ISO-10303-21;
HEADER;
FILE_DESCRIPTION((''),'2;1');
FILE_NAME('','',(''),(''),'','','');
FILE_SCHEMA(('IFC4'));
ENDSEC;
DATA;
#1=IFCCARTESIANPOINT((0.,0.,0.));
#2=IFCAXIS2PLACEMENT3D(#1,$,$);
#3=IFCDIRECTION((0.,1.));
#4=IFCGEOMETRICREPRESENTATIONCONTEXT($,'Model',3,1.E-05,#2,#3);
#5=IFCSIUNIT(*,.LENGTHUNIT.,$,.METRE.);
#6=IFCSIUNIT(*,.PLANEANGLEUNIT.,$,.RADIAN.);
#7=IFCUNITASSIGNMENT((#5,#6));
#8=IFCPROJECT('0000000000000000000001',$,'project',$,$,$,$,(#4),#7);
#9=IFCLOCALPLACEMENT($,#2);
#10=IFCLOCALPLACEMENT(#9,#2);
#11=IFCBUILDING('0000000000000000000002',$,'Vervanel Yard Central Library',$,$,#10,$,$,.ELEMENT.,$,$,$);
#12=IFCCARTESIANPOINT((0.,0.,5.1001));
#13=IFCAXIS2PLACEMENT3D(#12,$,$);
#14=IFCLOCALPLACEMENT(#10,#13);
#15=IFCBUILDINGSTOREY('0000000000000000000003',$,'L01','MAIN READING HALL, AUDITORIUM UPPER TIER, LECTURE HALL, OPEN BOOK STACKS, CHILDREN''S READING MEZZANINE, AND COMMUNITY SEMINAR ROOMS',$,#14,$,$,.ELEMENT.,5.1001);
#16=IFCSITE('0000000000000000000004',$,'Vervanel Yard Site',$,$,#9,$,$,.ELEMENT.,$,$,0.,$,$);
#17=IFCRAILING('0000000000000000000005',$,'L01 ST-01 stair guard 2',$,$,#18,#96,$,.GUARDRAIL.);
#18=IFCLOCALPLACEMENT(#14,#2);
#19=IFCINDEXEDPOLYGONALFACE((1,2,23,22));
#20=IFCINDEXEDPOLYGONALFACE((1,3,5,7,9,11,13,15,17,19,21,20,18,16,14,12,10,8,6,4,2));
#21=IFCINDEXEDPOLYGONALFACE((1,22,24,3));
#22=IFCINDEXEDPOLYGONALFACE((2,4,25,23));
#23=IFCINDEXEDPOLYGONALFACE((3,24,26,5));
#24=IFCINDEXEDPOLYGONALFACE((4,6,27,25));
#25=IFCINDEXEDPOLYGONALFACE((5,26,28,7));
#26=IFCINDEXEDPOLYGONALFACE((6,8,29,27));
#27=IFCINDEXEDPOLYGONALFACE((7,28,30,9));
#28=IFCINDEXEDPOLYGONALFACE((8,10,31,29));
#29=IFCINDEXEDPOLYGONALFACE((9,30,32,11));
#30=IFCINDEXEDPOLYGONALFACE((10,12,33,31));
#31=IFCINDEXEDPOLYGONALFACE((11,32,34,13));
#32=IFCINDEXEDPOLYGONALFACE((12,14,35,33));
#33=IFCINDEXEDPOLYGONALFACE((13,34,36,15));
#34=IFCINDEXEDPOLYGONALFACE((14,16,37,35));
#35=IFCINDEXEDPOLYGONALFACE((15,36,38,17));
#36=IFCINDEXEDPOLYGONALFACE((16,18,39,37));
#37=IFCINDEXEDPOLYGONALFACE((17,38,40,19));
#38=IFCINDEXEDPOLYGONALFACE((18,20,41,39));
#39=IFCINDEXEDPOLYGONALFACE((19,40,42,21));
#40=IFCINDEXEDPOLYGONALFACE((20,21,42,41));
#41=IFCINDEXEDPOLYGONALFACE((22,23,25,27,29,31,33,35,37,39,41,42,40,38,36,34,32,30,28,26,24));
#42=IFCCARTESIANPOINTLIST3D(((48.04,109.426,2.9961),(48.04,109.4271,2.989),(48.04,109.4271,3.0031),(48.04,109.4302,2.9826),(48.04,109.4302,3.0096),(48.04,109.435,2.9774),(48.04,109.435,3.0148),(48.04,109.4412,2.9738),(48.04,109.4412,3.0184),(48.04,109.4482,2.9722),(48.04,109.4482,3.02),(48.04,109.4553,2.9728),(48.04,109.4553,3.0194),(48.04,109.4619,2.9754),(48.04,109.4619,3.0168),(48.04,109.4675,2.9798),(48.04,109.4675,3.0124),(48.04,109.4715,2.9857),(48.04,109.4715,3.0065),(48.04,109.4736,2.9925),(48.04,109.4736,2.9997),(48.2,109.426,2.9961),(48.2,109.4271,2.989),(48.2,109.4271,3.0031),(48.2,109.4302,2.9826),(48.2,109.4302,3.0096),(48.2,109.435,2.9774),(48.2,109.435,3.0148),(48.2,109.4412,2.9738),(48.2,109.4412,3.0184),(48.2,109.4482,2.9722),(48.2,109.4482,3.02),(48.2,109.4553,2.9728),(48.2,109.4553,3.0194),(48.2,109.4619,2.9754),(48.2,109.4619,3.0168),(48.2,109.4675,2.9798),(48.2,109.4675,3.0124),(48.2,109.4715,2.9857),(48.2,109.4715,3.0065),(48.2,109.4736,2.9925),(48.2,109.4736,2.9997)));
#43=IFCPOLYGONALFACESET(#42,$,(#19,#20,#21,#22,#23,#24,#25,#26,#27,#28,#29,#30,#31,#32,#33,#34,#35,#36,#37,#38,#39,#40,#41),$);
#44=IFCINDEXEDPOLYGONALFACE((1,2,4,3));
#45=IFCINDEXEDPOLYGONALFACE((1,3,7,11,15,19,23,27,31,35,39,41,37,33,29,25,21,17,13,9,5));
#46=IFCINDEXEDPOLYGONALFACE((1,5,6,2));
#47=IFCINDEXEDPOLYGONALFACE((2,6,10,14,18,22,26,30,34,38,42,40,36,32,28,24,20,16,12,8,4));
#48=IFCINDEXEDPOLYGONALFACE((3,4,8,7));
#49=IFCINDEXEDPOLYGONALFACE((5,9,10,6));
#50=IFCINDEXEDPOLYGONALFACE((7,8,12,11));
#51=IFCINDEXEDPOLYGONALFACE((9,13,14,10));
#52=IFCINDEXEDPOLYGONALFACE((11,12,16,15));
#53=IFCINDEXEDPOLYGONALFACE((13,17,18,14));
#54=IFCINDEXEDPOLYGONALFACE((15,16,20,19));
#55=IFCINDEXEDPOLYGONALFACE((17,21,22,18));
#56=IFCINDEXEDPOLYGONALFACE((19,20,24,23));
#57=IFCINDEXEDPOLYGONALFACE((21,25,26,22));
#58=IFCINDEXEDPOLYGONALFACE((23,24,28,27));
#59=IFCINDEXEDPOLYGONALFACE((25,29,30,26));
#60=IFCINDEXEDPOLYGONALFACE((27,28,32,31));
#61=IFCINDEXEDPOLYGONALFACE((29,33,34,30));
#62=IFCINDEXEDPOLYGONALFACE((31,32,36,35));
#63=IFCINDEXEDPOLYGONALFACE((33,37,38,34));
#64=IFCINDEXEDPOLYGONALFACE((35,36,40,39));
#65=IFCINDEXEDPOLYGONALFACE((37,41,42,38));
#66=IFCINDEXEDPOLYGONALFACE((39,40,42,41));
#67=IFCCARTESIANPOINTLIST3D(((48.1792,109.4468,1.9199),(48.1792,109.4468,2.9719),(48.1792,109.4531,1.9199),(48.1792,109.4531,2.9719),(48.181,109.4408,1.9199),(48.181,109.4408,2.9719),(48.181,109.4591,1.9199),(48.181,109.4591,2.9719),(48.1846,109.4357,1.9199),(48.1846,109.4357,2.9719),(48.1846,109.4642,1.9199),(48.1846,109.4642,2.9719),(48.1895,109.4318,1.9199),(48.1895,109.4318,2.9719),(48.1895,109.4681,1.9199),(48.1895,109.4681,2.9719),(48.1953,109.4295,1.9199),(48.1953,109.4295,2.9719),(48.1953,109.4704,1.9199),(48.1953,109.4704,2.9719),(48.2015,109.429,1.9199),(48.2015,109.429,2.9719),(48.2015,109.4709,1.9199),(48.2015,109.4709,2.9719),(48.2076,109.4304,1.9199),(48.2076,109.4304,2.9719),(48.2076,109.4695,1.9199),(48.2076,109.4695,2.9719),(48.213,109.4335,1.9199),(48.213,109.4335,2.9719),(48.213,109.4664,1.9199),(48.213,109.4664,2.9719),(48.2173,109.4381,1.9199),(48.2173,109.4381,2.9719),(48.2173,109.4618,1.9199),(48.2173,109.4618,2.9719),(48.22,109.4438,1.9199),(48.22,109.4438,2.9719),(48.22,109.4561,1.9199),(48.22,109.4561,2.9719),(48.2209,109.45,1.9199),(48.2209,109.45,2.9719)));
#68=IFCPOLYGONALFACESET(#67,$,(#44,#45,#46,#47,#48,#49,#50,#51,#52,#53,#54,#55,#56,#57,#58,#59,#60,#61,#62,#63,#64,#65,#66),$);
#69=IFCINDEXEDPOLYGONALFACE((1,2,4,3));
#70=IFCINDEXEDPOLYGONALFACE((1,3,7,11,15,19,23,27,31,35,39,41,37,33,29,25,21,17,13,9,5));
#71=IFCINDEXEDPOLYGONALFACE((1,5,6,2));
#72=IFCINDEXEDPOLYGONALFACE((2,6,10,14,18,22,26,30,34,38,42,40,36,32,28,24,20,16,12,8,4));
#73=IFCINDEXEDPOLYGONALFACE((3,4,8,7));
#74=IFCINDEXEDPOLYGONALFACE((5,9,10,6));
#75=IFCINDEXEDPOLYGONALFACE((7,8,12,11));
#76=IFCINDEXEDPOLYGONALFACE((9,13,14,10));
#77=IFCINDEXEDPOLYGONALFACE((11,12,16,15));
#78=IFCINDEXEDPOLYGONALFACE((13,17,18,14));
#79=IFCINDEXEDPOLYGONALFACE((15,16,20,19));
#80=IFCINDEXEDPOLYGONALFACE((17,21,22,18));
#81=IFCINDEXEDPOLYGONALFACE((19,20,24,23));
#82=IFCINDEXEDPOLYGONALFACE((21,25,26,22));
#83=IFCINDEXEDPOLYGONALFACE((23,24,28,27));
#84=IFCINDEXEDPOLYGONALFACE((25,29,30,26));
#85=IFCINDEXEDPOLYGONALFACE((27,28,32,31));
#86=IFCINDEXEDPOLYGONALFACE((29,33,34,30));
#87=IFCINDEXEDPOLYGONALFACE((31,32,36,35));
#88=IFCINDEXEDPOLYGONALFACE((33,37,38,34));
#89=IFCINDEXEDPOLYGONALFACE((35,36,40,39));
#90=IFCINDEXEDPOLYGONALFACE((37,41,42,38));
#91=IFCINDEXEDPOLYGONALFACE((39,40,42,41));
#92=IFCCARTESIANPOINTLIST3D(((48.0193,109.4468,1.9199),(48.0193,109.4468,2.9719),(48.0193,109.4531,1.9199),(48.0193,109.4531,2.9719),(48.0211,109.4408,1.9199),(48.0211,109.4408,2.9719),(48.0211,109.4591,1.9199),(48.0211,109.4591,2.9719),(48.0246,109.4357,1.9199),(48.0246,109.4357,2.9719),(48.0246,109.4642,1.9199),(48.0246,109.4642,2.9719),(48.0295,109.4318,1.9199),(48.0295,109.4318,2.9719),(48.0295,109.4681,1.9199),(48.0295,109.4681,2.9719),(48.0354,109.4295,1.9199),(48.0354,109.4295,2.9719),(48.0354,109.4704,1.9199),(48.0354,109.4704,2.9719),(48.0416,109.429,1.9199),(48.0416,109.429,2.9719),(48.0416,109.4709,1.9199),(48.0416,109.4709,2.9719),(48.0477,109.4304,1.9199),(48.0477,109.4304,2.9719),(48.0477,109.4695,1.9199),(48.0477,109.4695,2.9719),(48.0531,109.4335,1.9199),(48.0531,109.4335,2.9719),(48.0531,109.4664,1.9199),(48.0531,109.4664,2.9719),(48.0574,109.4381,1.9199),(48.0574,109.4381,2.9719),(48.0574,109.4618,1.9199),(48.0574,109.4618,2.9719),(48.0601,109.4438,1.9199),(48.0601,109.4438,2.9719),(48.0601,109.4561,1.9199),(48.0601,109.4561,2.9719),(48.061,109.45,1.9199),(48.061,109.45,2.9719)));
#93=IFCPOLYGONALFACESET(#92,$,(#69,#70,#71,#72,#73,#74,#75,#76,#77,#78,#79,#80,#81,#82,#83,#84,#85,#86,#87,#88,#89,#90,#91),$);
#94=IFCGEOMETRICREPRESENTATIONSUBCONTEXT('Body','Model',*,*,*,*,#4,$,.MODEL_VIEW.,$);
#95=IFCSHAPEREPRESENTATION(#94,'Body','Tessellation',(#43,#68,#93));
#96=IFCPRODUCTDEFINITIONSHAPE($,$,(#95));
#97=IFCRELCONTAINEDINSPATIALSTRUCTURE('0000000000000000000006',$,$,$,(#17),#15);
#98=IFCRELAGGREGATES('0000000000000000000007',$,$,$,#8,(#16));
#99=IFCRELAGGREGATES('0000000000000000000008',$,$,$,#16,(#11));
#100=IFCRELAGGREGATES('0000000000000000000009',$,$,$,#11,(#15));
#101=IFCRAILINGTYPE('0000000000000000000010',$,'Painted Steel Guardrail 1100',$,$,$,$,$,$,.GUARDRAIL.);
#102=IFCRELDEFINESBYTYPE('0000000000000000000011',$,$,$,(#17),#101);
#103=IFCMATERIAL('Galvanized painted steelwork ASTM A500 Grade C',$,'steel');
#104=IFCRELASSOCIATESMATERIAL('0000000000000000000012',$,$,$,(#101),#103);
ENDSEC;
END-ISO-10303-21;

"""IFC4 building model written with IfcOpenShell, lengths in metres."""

from ifc_helpers import new_model, si_unit, direction, frame, origin, origin_2d, place, context, subcontext, project, spatial, circle, extrude, material, type_object, element, save


model = new_model("IFC4")

# Units and contexts
model_context = context("Model", 3, precision=1e-05, world=origin(), true_north=direction((0.0, 1.0)))
body_context = subcontext(model_context, "Body", "Model", "MODEL_VIEW")
ifc_project = project(units=[si_unit("LENGTHUNIT", "METRE"), si_unit("PLANEANGLEUNIT", "RADIAN")], contexts=[model_context])

# Site, building, storey
site_placement = place(None, origin())
site = spatial("IfcSite", under=ifc_project, at=site_placement, Name="Vervanel Yard Site", CompositionType="ELEMENT", RefElevation=0.0)
building_placement = place(site_placement, origin())
building = spatial("IfcBuilding", under=site, at=building_placement, Name="Vervanel Yard Central Library", CompositionType="ELEMENT")
storey_placement = place(building_placement, frame((0.0, 0.0, 5.1001)))
storey = spatial("IfcBuildingStorey", under=building, at=storey_placement, Name="L01", Description="MAIN READING HALL, AUDITORIUM UPPER TIER, LECTURE HALL, OPEN BOOK STACKS, CHILDREN'S READING MEZZANINE, AND COMMUNITY SEMINAR ROOMS", CompositionType="ELEMENT", Elevation=5.1001)

# Shared definitions
ifc_material_1 = material(Name="Galvanized painted steelwork ASTM A500 Grade C", Category="steel")

# Railing
railing_type_1 = type_object("IfcRailingType", Name="Painted Steel Guardrail 1100", PredefinedType="GUARDRAIL", material=ifc_material_1)
railing_1_placement = place(storey_placement, frame((48.2, 109.45, 1.9199)))
element("IfcRailing", 1, at=railing_1_placement, inside=storey, type_object=railing_type_1, Name="L01 ST-01 stair guard 2", PredefinedType="GUARDRAIL", context=body_context, shape_type="SweptSolid", body=[
    extrude(circle(Radius=0.0239, at=origin_2d()), frame((0.0, 0.0, 1.0762), z_axis=(-1.0, 0.0, 0.0), x_axis=(0.0, -1.0, 0.0)), (0.0, 0.0, 1.0), 0.1599),
    extrude(circle(Radius=0.021, at=origin_2d()), origin(), (0.0, 0.0, 1.0), 1.052),
    extrude(circle(Radius=0.021, at=origin_2d()), frame((-0.1599, 0.0, 0.0)), (0.0, 0.0, 1.0), 1.052),
])

save(model, "model.ifc")
